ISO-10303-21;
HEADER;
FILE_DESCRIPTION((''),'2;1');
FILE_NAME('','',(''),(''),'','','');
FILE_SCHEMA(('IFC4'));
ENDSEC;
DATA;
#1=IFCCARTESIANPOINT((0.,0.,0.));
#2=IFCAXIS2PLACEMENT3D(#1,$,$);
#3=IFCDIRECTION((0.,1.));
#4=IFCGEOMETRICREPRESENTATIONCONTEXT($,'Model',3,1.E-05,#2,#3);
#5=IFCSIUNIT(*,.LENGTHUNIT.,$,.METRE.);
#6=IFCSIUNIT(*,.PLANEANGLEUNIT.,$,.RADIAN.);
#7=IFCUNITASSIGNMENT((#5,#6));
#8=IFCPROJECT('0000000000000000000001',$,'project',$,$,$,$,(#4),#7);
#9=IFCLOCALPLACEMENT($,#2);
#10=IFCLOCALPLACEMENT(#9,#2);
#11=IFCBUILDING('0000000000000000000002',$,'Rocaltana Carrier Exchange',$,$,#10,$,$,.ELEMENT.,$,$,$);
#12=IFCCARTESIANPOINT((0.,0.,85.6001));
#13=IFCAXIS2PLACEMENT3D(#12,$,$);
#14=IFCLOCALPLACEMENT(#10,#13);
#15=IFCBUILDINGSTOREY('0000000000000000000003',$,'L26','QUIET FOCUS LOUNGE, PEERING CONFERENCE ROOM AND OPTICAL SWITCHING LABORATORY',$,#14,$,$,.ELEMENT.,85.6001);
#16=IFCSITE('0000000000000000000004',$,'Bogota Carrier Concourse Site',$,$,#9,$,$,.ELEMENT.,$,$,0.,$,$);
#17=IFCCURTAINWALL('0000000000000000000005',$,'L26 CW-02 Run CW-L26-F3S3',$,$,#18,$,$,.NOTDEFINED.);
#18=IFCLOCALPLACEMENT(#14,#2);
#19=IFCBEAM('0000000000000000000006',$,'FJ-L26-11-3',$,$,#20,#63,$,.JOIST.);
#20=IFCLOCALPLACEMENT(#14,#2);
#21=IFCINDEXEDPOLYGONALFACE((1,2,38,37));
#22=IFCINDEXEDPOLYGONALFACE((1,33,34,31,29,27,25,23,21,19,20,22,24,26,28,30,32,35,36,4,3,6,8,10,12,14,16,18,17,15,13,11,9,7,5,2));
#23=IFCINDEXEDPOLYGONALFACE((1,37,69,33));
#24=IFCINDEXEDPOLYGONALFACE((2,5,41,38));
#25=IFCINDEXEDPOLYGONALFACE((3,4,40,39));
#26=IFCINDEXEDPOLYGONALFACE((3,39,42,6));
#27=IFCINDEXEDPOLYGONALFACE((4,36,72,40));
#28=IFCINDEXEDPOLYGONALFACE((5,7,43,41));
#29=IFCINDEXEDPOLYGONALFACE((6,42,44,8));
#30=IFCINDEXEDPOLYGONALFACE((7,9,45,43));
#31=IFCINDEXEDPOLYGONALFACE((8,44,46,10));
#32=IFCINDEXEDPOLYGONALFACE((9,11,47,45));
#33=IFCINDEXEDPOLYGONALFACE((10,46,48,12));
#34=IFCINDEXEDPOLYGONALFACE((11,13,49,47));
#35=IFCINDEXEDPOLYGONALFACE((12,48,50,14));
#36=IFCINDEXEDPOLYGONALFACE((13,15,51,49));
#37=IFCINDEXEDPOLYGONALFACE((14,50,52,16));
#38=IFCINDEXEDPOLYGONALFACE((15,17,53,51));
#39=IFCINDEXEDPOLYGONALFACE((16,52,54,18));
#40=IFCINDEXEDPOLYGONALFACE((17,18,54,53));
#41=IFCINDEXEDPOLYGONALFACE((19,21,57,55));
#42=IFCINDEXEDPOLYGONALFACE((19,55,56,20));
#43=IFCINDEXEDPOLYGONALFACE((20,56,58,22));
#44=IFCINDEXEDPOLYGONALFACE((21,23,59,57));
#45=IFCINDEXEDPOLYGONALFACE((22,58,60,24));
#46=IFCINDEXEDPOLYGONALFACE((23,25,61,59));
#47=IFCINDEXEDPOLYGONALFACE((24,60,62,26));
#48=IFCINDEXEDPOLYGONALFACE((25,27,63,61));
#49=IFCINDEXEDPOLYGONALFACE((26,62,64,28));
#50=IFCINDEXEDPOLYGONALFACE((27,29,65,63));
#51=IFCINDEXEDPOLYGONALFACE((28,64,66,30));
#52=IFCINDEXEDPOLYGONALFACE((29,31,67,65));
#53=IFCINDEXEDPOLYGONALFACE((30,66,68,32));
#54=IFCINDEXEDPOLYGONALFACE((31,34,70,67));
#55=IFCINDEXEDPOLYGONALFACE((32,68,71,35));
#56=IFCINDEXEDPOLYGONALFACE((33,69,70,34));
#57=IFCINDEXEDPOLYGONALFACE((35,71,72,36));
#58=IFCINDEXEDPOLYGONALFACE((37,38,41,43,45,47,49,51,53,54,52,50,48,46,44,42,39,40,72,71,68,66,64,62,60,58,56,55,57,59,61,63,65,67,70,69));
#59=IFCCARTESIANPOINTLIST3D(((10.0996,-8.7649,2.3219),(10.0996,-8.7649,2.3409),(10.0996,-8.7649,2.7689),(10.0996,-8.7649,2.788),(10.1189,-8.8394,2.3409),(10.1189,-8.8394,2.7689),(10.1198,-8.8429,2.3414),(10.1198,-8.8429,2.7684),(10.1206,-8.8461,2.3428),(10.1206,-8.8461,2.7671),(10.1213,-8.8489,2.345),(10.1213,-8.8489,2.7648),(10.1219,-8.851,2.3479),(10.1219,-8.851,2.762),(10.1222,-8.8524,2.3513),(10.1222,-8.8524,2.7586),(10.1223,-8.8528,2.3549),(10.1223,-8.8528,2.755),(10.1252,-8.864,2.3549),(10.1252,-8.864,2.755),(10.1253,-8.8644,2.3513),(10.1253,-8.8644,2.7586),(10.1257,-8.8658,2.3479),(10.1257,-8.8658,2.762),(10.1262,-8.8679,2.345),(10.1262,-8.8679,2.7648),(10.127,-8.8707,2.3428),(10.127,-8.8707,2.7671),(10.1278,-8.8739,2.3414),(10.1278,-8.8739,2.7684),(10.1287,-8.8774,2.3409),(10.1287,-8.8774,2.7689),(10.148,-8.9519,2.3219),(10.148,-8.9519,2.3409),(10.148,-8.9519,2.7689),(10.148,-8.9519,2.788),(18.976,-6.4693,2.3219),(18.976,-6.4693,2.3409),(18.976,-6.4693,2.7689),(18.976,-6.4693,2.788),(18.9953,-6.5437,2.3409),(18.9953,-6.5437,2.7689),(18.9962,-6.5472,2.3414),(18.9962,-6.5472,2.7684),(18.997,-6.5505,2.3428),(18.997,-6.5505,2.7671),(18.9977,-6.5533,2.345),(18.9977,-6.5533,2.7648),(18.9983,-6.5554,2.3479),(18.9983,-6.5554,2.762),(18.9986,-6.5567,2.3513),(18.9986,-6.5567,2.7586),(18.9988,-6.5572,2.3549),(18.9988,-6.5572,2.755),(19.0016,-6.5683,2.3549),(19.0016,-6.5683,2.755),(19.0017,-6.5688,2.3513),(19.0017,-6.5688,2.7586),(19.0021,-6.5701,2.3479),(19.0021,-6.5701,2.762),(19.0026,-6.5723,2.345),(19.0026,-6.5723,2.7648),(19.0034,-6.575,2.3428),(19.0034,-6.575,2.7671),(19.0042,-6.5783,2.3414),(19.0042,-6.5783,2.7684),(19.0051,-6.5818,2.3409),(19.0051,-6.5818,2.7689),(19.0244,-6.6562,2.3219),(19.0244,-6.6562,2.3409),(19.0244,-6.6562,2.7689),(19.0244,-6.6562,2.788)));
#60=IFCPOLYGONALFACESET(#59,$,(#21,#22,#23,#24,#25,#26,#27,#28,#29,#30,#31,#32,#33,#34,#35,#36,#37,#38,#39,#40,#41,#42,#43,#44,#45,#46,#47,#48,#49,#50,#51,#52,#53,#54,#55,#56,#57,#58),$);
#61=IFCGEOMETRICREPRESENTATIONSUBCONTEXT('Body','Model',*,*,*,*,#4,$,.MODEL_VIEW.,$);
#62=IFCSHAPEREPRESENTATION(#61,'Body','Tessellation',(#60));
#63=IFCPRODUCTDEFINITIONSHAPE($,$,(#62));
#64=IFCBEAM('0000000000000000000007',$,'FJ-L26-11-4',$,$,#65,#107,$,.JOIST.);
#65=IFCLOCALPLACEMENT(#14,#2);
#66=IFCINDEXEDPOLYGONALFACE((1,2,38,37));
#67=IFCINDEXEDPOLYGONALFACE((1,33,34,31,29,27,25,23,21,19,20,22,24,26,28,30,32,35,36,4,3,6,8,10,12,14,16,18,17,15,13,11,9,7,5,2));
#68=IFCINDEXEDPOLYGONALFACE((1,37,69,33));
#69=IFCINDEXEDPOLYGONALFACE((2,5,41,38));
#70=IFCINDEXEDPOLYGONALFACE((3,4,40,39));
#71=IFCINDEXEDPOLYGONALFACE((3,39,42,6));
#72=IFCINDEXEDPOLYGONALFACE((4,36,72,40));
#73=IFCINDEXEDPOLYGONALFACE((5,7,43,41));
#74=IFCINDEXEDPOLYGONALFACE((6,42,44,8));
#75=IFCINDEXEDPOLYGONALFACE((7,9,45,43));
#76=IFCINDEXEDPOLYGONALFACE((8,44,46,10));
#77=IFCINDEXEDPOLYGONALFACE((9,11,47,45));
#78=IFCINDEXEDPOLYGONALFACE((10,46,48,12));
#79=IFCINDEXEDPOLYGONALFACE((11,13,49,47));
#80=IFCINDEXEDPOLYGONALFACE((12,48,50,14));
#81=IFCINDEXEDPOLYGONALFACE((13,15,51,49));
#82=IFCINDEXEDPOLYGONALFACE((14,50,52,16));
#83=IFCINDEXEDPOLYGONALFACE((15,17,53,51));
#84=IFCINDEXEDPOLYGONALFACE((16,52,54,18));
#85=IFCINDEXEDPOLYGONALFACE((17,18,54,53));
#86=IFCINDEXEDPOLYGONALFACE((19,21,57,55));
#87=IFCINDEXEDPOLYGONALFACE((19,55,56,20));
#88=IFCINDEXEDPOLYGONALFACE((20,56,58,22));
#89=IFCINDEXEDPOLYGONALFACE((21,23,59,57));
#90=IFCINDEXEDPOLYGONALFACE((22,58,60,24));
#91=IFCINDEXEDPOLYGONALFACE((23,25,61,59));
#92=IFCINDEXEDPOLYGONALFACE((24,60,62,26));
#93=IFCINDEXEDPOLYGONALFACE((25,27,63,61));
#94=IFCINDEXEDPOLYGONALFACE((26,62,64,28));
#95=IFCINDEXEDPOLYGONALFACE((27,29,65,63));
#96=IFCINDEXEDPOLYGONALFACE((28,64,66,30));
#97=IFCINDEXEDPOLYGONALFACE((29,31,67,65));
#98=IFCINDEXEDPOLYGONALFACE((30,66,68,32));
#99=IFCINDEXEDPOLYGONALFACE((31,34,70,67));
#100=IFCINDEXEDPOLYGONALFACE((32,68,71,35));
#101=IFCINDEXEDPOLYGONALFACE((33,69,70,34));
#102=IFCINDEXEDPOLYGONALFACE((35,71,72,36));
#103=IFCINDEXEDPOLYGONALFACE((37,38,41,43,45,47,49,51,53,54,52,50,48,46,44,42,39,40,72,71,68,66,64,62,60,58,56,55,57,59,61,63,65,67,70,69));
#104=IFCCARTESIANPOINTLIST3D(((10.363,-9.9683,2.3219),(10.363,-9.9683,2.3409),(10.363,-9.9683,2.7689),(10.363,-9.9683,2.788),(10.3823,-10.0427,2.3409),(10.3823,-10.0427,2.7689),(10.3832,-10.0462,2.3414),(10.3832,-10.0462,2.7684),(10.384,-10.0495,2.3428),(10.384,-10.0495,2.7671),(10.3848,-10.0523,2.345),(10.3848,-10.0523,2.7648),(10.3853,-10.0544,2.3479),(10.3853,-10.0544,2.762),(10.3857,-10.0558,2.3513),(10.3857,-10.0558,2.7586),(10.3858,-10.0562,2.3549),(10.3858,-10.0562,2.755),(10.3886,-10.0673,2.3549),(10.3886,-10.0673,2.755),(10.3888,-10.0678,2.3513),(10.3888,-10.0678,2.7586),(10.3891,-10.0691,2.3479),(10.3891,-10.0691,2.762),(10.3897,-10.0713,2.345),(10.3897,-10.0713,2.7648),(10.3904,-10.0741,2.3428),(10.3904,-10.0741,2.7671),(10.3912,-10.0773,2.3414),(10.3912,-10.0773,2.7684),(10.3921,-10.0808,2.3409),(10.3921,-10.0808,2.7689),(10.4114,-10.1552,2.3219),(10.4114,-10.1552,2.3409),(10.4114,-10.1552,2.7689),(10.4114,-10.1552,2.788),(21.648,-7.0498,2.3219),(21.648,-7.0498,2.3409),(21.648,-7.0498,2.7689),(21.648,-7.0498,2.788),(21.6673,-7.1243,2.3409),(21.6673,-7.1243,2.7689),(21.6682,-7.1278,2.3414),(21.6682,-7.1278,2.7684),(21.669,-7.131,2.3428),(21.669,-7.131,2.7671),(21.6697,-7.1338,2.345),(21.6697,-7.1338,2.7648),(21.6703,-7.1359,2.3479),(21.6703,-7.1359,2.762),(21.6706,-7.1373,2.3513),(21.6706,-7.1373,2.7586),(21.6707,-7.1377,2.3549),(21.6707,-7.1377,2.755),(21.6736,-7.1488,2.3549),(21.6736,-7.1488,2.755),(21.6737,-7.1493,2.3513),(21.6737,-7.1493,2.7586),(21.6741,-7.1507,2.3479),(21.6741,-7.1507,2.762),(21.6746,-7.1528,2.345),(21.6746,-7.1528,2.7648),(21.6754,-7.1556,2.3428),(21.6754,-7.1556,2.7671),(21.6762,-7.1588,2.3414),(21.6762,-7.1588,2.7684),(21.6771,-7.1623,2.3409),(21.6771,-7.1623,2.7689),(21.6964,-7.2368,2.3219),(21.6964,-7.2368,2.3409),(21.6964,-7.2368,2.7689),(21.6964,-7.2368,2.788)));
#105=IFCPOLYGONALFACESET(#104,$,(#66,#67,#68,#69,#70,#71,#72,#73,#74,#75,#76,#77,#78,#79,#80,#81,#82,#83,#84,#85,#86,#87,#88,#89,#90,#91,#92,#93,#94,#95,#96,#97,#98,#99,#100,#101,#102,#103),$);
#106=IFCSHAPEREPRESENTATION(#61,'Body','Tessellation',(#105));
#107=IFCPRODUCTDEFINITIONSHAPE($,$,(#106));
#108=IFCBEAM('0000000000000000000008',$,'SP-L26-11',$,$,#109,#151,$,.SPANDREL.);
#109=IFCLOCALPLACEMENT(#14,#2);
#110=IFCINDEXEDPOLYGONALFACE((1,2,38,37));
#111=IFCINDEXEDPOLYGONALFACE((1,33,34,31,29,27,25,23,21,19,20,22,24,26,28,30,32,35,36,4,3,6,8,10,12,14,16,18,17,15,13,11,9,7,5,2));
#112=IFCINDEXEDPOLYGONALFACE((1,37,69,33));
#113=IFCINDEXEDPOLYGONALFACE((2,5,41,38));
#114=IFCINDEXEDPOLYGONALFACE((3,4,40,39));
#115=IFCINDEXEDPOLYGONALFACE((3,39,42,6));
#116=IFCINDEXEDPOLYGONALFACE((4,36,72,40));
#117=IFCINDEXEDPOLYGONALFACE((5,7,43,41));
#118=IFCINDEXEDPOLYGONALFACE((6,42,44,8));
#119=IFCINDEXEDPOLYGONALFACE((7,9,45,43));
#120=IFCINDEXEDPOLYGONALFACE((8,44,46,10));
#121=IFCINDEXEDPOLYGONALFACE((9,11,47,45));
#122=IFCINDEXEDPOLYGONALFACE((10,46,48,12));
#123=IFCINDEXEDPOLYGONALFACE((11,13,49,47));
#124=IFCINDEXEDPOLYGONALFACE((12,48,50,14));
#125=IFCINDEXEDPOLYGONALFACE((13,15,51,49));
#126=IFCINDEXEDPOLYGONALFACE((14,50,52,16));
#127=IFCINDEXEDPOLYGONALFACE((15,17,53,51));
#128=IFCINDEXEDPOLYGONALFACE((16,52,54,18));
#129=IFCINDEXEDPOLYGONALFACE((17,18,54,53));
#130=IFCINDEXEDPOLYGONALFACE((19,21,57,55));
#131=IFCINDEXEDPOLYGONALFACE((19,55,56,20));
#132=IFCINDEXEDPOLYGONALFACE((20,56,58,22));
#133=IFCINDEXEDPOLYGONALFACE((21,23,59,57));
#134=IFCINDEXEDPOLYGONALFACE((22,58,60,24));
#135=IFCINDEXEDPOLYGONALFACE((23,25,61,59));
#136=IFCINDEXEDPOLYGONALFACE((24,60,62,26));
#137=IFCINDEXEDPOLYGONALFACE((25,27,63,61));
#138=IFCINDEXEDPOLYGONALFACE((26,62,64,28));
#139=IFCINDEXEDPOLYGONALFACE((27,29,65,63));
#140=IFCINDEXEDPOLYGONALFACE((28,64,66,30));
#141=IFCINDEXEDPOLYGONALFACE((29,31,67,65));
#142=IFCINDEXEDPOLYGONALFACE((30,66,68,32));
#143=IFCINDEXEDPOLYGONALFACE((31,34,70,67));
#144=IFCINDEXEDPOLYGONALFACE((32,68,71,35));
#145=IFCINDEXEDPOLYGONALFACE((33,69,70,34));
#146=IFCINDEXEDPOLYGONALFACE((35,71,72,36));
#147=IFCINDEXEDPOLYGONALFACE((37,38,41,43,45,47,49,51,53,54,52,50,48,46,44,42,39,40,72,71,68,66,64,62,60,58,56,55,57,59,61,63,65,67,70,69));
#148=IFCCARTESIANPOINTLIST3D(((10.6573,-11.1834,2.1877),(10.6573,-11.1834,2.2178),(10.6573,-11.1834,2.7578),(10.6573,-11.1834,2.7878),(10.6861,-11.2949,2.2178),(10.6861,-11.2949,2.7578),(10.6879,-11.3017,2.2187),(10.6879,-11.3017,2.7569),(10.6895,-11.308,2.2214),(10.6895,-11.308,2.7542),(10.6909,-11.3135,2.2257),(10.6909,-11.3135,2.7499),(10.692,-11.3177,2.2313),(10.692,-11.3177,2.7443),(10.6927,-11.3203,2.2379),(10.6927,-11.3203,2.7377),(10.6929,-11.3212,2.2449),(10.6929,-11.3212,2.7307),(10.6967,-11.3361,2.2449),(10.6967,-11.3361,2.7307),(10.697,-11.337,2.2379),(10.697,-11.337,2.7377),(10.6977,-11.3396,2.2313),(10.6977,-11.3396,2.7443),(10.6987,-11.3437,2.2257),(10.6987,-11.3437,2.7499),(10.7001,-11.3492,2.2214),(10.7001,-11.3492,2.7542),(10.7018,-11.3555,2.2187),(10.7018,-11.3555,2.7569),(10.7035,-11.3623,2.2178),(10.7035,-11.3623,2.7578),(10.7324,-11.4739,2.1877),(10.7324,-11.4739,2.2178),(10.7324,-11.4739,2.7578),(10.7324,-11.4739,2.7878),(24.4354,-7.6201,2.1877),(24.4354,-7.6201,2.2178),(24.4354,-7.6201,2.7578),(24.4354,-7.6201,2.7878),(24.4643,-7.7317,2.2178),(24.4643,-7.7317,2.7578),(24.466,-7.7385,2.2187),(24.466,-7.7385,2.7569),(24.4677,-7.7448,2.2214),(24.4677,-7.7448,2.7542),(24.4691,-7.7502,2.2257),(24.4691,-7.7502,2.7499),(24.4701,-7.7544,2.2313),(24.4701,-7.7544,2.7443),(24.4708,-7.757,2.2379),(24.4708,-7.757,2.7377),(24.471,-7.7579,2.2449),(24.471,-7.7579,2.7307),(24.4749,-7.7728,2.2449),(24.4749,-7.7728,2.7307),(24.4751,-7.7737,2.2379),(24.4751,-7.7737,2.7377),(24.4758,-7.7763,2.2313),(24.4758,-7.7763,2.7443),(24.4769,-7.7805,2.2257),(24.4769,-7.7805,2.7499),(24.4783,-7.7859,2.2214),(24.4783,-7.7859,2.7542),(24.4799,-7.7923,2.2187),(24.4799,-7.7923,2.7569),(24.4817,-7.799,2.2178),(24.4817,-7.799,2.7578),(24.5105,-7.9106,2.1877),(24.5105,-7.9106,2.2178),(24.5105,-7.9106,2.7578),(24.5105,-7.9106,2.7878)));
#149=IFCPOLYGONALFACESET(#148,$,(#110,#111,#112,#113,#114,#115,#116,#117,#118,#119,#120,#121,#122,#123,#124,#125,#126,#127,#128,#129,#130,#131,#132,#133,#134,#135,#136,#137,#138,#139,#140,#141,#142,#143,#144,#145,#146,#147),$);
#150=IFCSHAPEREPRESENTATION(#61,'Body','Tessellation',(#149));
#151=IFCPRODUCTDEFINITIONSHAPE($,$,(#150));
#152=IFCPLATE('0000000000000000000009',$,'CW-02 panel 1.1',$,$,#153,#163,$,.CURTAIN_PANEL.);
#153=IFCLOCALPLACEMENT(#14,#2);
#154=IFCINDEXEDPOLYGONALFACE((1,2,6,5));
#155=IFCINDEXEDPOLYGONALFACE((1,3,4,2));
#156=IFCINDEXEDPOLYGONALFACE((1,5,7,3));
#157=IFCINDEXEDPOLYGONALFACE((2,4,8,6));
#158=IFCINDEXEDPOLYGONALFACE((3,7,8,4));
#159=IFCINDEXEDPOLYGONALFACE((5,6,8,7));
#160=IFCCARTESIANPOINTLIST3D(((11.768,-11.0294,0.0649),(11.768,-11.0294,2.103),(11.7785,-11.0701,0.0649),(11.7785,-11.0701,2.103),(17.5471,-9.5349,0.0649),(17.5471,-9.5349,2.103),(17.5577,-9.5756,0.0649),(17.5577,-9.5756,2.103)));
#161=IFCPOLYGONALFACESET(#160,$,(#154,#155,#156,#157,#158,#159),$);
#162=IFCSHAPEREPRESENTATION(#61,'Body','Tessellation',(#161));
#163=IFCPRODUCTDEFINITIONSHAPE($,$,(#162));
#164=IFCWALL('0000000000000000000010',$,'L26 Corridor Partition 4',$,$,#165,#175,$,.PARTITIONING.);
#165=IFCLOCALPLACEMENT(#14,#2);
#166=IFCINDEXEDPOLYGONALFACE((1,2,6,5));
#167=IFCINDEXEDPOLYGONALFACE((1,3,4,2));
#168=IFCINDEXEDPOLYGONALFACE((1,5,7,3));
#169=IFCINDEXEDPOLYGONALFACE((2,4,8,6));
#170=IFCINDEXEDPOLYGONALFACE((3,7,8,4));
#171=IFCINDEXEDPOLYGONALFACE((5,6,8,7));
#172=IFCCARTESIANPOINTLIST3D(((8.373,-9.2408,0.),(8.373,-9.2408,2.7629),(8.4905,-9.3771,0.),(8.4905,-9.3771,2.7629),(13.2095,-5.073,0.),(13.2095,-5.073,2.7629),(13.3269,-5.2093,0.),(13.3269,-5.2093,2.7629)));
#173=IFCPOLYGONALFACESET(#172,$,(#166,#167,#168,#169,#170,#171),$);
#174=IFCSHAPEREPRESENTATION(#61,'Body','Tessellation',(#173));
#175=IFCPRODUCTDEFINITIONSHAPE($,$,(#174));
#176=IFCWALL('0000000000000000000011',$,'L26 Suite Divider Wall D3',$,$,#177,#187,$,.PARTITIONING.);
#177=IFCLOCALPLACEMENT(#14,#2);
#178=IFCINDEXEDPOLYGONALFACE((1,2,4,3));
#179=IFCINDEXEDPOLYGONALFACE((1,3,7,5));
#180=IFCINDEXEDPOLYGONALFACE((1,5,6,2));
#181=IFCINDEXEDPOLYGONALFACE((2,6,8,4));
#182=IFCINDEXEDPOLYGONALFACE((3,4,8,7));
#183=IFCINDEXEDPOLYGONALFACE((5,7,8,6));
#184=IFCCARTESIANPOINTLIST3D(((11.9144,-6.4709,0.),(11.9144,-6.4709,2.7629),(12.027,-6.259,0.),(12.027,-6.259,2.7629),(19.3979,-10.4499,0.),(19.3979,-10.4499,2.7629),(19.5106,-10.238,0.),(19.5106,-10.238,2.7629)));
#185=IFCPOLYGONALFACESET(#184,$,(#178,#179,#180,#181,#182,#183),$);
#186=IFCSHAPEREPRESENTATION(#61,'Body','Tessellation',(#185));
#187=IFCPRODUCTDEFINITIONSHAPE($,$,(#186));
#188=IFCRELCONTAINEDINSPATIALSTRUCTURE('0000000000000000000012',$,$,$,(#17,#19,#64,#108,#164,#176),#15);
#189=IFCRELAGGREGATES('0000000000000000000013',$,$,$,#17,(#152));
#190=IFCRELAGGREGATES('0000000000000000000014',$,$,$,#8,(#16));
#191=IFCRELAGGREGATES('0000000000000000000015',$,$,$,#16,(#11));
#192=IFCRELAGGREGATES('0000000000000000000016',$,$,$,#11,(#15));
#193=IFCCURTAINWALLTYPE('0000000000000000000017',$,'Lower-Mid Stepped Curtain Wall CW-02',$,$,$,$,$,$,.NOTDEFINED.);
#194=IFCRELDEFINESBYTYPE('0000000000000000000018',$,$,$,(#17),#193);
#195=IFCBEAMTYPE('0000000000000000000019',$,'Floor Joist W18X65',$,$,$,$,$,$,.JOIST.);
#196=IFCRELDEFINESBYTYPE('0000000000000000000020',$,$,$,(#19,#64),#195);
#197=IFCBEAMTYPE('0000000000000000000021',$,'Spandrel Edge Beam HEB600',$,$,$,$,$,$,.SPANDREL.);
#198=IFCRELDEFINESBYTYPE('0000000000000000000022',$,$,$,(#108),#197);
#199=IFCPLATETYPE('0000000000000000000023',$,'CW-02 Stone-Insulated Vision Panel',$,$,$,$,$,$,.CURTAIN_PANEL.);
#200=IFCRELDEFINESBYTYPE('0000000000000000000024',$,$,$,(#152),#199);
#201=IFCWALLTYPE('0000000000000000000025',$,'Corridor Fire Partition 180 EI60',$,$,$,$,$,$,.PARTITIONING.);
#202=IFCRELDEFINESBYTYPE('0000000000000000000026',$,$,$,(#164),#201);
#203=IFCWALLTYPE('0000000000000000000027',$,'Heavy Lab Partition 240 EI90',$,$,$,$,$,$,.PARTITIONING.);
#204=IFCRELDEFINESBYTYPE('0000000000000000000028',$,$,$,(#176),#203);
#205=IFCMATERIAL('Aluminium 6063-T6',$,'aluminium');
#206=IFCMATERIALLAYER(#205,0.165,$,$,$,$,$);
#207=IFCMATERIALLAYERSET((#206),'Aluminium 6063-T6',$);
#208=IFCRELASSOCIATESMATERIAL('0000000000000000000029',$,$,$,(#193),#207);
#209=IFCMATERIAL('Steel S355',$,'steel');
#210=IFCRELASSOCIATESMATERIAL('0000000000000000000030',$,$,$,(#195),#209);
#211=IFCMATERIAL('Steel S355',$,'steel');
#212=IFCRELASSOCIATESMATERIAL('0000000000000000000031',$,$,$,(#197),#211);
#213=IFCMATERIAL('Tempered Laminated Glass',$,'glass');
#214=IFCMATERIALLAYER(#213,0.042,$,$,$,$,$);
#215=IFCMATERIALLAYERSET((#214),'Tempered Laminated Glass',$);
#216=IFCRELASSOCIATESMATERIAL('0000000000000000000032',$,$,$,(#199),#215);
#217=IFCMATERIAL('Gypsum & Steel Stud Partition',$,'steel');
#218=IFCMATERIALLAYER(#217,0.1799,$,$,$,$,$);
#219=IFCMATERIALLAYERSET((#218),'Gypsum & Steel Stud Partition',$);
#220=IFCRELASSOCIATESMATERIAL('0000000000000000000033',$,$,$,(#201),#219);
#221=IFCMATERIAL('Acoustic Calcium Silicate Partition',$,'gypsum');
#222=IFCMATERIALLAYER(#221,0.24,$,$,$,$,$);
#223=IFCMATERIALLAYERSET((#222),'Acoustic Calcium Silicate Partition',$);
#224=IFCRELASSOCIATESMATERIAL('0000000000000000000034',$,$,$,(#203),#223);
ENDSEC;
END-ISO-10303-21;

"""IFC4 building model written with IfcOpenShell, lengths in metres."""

from ifc_helpers import new_model, si_unit, direction, frame, frame_2d, origin, origin_2d, place, context, subcontext, project, spatial, rectangle, i_section, extrude, material, layer, layer_set, material_profile, profile_set, type_object, element, aggregate, save


model = new_model("IFC4")

# Units and contexts
model_context = context("Model", 3, precision=1e-05, world=origin(), true_north=direction((0.0, 1.0)))
body_context = subcontext(model_context, "Body", "Model", "MODEL_VIEW")
ifc_project = project(units=[si_unit("LENGTHUNIT", "METRE"), si_unit("PLANEANGLEUNIT", "RADIAN")], contexts=[model_context])

# Site, building, storey
site_placement = place(None, origin())
site = spatial("IfcSite", under=ifc_project, at=site_placement, Name="Bogota Carrier Concourse Site", CompositionType="ELEMENT", RefElevation=0.0)
building_placement = place(site_placement, origin())
building = spatial("IfcBuilding", under=site, at=building_placement, Name="Rocaltana Carrier Exchange", CompositionType="ELEMENT")
storey_placement = place(building_placement, frame((0.0, 0.0, 85.6001)))
storey = spatial("IfcBuildingStorey", under=building, at=storey_placement, Name="L26", Description="QUIET FOCUS LOUNGE, PEERING CONFERENCE ROOM AND OPTICAL SWITCHING LABORATORY", CompositionType="ELEMENT", Elevation=85.6001)

# Curtain wall
ifc_material_1 = material(Name="Aluminium 6063-T6", Category="aluminium")
ifc_layer_1 = layer(ifc_material_1, 0.165)
ifc_layer_set_1 = layer_set([ifc_layer_1], Name="Aluminium 6063-T6")
curtain_wall_type = type_object("IfcCurtainWallType", Name="Lower-Mid Stepped Curtain Wall CW-02", PredefinedType="NOTDEFINED", material=ifc_layer_set_1)
curtain_wall_placement = place(storey_placement, origin())
curtain_wall = element("IfcCurtainWall", 1, at=curtain_wall_placement, inside=storey, type_object=curtain_wall_type, Name="L26 CW-02 Run CW-L26-F3S3", PredefinedType="NOTDEFINED")

# Beams
ifc_material_2 = material(Name="Steel S355", Category="steel")
ifc_material_profile_1 = material_profile(ifc_material_2, i_section(OverallWidth=0.1931, OverallDepth=0.4661, WebThickness=0.0115, FlangeThickness=0.019, FilletRadius=0.0139, at=origin_2d()), Name="W18X65")
ifc_profile_set_1 = profile_set([ifc_material_profile_1], Name="Steel S355")
beam_type_1 = type_object("IfcBeamType", Name="Floor Joist W18X65", PredefinedType="JOIST", material=ifc_profile_set_1)
beam_1_placement = place(storey_placement, frame((10.1238, -8.8584, 2.5549), z_axis=(0.968146, 0.250385, 0.0), x_axis=(-0.250385, 0.968146, 0.0)))
element("IfcBeam", 2, at=beam_1_placement, inside=storey, type_object=beam_type_1, Name="FJ-L26-11-3", PredefinedType="JOIST", context=body_context, shape_type="SweptSolid", body=[
    extrude(i_section(OverallWidth=0.1931, OverallDepth=0.4661, WebThickness=0.0115, FlangeThickness=0.019, FilletRadius=0.0139, at=origin_2d()), origin(), (0.0, 0.0, 1.0), 9.1685),
])
beam_2_placement = place(storey_placement, frame((10.3872, -10.0618, 2.5549), z_axis=(0.968148, 0.250378, 0.0), x_axis=(-0.250378, 0.968148, 0.0)))
element("IfcBeam", 3, at=beam_2_placement, inside=storey, type_object=beam_type_1, Name="FJ-L26-11-4", PredefinedType="JOIST", context=body_context, shape_type="SweptSolid", body=[
    extrude(i_section(OverallWidth=0.1931, OverallDepth=0.4661, WebThickness=0.0115, FlangeThickness=0.019, FilletRadius=0.0139, at=origin_2d()), origin(), (0.0, 0.0, 1.0), 11.6562),
])
ifc_material_3 = material(Name="Steel S355", Category="steel")
ifc_material_profile_2 = material_profile(ifc_material_3, i_section(OverallWidth=0.3, OverallDepth=0.6001, WebThickness=0.0154, FlangeThickness=0.03, FilletRadius=0.0271, at=origin_2d()), Name="HEB600")
ifc_profile_set_2 = profile_set([ifc_material_profile_2], Name="Steel S355")
beam_type_2 = type_object("IfcBeamType", Name="Spandrel Edge Beam HEB600", PredefinedType="SPANDREL", material=ifc_profile_set_2)
beam_3_placement = place(storey_placement, frame((10.6948, -11.3286, 2.4878), z_axis=(0.968148, 0.250379, 0.0), x_axis=(-0.250379, 0.968148, 0.0)))
element("IfcBeam", 4, at=beam_3_placement, inside=storey, type_object=beam_type_2, Name="SP-L26-11", PredefinedType="SPANDREL", context=body_context, shape_type="SweptSolid", body=[
    extrude(i_section(OverallWidth=0.3, OverallDepth=0.6001, WebThickness=0.0154, FlangeThickness=0.03, FilletRadius=0.0271, at=origin_2d()), origin(), (0.0, 0.0, 1.0), 14.2314),
])

# Plate
ifc_material_4 = material(Name="Tempered Laminated Glass", Category="glass")
ifc_layer_2 = layer(ifc_material_4, 0.042)
ifc_layer_set_2 = layer_set([ifc_layer_2], Name="Tempered Laminated Glass")
plate_type = type_object("IfcPlateType", Name="CW-02 Stone-Insulated Vision Panel", PredefinedType="CURTAIN_PANEL", material=ifc_layer_set_2)
plate_placement = place(storey_placement, frame((14.6628, -10.3025, 0.0649), z_axis=(0.0, 0.0, 1.0), x_axis=(0.96815, 0.25037, 0.0)))
plate = element("IfcPlate", 5, at=plate_placement, type_object=plate_type, Name="CW-02 panel 1.1", PredefinedType="CURTAIN_PANEL", context=body_context, shape_type="SweptSolid", body=[
    extrude(rectangle(XDim=5.9692, YDim=0.042, at=origin_2d()), origin(), (0.0, 0.0, 1.0), 2.0381),
])
aggregate(curtain_wall, [plate])

# Walls
ifc_material_5 = material(Name="Gypsum & Steel Stud Partition", Category="steel")
ifc_layer_3 = layer(ifc_material_5, 0.1799)
ifc_layer_set_3 = layer_set([ifc_layer_3], Name="Gypsum & Steel Stud Partition")
wall_type_1 = type_object("IfcWallType", Name="Corridor Fire Partition 180 EI60", PredefinedType="PARTITIONING", material=ifc_layer_set_3)
wall_1_placement = place(storey_placement, frame((13.2683, -5.1411, 0.0), z_axis=(0.0, 0.0, 1.0), x_axis=(-0.757535, -0.652795, 0.0)))
element("IfcWall", 6, at=wall_1_placement, inside=storey, type_object=wall_type_1, Name="L26 Corridor Partition 4", PredefinedType="PARTITIONING", context=body_context, shape_type="SweptSolid", body=[
    extrude(rectangle(XDim=6.3845, YDim=0.1799, at=frame_2d((3.1924, 0.0))), origin(), (0.0, 0.0, 1.0), 2.7629),
])
ifc_material_6 = material(Name="Acoustic Calcium Silicate Partition", Category="gypsum")
ifc_layer_4 = layer(ifc_material_6, 0.24)
ifc_layer_set_4 = layer_set([ifc_layer_4], Name="Acoustic Calcium Silicate Partition")
wall_type_2 = type_object("IfcWallType", Name="Heavy Lab Partition 240 EI90", PredefinedType="PARTITIONING", material=ifc_layer_set_4)
wall_2_placement = place(storey_placement, frame((11.9707, -6.365, 0.0), z_axis=(0.0, 0.0, 1.0), x_axis=(0.882953, -0.469461, 0.0)))
element("IfcWall", 7, at=wall_2_placement, inside=storey, type_object=wall_type_2, Name="L26 Suite Divider Wall D3", PredefinedType="PARTITIONING", context=body_context, shape_type="SweptSolid", body=[
    extrude(rectangle(XDim=8.4756, YDim=0.24, at=frame_2d((4.2378, 0.0))), origin(), (0.0, 0.0, 1.0), 2.7629),
])

save(model, "model.ifc")
